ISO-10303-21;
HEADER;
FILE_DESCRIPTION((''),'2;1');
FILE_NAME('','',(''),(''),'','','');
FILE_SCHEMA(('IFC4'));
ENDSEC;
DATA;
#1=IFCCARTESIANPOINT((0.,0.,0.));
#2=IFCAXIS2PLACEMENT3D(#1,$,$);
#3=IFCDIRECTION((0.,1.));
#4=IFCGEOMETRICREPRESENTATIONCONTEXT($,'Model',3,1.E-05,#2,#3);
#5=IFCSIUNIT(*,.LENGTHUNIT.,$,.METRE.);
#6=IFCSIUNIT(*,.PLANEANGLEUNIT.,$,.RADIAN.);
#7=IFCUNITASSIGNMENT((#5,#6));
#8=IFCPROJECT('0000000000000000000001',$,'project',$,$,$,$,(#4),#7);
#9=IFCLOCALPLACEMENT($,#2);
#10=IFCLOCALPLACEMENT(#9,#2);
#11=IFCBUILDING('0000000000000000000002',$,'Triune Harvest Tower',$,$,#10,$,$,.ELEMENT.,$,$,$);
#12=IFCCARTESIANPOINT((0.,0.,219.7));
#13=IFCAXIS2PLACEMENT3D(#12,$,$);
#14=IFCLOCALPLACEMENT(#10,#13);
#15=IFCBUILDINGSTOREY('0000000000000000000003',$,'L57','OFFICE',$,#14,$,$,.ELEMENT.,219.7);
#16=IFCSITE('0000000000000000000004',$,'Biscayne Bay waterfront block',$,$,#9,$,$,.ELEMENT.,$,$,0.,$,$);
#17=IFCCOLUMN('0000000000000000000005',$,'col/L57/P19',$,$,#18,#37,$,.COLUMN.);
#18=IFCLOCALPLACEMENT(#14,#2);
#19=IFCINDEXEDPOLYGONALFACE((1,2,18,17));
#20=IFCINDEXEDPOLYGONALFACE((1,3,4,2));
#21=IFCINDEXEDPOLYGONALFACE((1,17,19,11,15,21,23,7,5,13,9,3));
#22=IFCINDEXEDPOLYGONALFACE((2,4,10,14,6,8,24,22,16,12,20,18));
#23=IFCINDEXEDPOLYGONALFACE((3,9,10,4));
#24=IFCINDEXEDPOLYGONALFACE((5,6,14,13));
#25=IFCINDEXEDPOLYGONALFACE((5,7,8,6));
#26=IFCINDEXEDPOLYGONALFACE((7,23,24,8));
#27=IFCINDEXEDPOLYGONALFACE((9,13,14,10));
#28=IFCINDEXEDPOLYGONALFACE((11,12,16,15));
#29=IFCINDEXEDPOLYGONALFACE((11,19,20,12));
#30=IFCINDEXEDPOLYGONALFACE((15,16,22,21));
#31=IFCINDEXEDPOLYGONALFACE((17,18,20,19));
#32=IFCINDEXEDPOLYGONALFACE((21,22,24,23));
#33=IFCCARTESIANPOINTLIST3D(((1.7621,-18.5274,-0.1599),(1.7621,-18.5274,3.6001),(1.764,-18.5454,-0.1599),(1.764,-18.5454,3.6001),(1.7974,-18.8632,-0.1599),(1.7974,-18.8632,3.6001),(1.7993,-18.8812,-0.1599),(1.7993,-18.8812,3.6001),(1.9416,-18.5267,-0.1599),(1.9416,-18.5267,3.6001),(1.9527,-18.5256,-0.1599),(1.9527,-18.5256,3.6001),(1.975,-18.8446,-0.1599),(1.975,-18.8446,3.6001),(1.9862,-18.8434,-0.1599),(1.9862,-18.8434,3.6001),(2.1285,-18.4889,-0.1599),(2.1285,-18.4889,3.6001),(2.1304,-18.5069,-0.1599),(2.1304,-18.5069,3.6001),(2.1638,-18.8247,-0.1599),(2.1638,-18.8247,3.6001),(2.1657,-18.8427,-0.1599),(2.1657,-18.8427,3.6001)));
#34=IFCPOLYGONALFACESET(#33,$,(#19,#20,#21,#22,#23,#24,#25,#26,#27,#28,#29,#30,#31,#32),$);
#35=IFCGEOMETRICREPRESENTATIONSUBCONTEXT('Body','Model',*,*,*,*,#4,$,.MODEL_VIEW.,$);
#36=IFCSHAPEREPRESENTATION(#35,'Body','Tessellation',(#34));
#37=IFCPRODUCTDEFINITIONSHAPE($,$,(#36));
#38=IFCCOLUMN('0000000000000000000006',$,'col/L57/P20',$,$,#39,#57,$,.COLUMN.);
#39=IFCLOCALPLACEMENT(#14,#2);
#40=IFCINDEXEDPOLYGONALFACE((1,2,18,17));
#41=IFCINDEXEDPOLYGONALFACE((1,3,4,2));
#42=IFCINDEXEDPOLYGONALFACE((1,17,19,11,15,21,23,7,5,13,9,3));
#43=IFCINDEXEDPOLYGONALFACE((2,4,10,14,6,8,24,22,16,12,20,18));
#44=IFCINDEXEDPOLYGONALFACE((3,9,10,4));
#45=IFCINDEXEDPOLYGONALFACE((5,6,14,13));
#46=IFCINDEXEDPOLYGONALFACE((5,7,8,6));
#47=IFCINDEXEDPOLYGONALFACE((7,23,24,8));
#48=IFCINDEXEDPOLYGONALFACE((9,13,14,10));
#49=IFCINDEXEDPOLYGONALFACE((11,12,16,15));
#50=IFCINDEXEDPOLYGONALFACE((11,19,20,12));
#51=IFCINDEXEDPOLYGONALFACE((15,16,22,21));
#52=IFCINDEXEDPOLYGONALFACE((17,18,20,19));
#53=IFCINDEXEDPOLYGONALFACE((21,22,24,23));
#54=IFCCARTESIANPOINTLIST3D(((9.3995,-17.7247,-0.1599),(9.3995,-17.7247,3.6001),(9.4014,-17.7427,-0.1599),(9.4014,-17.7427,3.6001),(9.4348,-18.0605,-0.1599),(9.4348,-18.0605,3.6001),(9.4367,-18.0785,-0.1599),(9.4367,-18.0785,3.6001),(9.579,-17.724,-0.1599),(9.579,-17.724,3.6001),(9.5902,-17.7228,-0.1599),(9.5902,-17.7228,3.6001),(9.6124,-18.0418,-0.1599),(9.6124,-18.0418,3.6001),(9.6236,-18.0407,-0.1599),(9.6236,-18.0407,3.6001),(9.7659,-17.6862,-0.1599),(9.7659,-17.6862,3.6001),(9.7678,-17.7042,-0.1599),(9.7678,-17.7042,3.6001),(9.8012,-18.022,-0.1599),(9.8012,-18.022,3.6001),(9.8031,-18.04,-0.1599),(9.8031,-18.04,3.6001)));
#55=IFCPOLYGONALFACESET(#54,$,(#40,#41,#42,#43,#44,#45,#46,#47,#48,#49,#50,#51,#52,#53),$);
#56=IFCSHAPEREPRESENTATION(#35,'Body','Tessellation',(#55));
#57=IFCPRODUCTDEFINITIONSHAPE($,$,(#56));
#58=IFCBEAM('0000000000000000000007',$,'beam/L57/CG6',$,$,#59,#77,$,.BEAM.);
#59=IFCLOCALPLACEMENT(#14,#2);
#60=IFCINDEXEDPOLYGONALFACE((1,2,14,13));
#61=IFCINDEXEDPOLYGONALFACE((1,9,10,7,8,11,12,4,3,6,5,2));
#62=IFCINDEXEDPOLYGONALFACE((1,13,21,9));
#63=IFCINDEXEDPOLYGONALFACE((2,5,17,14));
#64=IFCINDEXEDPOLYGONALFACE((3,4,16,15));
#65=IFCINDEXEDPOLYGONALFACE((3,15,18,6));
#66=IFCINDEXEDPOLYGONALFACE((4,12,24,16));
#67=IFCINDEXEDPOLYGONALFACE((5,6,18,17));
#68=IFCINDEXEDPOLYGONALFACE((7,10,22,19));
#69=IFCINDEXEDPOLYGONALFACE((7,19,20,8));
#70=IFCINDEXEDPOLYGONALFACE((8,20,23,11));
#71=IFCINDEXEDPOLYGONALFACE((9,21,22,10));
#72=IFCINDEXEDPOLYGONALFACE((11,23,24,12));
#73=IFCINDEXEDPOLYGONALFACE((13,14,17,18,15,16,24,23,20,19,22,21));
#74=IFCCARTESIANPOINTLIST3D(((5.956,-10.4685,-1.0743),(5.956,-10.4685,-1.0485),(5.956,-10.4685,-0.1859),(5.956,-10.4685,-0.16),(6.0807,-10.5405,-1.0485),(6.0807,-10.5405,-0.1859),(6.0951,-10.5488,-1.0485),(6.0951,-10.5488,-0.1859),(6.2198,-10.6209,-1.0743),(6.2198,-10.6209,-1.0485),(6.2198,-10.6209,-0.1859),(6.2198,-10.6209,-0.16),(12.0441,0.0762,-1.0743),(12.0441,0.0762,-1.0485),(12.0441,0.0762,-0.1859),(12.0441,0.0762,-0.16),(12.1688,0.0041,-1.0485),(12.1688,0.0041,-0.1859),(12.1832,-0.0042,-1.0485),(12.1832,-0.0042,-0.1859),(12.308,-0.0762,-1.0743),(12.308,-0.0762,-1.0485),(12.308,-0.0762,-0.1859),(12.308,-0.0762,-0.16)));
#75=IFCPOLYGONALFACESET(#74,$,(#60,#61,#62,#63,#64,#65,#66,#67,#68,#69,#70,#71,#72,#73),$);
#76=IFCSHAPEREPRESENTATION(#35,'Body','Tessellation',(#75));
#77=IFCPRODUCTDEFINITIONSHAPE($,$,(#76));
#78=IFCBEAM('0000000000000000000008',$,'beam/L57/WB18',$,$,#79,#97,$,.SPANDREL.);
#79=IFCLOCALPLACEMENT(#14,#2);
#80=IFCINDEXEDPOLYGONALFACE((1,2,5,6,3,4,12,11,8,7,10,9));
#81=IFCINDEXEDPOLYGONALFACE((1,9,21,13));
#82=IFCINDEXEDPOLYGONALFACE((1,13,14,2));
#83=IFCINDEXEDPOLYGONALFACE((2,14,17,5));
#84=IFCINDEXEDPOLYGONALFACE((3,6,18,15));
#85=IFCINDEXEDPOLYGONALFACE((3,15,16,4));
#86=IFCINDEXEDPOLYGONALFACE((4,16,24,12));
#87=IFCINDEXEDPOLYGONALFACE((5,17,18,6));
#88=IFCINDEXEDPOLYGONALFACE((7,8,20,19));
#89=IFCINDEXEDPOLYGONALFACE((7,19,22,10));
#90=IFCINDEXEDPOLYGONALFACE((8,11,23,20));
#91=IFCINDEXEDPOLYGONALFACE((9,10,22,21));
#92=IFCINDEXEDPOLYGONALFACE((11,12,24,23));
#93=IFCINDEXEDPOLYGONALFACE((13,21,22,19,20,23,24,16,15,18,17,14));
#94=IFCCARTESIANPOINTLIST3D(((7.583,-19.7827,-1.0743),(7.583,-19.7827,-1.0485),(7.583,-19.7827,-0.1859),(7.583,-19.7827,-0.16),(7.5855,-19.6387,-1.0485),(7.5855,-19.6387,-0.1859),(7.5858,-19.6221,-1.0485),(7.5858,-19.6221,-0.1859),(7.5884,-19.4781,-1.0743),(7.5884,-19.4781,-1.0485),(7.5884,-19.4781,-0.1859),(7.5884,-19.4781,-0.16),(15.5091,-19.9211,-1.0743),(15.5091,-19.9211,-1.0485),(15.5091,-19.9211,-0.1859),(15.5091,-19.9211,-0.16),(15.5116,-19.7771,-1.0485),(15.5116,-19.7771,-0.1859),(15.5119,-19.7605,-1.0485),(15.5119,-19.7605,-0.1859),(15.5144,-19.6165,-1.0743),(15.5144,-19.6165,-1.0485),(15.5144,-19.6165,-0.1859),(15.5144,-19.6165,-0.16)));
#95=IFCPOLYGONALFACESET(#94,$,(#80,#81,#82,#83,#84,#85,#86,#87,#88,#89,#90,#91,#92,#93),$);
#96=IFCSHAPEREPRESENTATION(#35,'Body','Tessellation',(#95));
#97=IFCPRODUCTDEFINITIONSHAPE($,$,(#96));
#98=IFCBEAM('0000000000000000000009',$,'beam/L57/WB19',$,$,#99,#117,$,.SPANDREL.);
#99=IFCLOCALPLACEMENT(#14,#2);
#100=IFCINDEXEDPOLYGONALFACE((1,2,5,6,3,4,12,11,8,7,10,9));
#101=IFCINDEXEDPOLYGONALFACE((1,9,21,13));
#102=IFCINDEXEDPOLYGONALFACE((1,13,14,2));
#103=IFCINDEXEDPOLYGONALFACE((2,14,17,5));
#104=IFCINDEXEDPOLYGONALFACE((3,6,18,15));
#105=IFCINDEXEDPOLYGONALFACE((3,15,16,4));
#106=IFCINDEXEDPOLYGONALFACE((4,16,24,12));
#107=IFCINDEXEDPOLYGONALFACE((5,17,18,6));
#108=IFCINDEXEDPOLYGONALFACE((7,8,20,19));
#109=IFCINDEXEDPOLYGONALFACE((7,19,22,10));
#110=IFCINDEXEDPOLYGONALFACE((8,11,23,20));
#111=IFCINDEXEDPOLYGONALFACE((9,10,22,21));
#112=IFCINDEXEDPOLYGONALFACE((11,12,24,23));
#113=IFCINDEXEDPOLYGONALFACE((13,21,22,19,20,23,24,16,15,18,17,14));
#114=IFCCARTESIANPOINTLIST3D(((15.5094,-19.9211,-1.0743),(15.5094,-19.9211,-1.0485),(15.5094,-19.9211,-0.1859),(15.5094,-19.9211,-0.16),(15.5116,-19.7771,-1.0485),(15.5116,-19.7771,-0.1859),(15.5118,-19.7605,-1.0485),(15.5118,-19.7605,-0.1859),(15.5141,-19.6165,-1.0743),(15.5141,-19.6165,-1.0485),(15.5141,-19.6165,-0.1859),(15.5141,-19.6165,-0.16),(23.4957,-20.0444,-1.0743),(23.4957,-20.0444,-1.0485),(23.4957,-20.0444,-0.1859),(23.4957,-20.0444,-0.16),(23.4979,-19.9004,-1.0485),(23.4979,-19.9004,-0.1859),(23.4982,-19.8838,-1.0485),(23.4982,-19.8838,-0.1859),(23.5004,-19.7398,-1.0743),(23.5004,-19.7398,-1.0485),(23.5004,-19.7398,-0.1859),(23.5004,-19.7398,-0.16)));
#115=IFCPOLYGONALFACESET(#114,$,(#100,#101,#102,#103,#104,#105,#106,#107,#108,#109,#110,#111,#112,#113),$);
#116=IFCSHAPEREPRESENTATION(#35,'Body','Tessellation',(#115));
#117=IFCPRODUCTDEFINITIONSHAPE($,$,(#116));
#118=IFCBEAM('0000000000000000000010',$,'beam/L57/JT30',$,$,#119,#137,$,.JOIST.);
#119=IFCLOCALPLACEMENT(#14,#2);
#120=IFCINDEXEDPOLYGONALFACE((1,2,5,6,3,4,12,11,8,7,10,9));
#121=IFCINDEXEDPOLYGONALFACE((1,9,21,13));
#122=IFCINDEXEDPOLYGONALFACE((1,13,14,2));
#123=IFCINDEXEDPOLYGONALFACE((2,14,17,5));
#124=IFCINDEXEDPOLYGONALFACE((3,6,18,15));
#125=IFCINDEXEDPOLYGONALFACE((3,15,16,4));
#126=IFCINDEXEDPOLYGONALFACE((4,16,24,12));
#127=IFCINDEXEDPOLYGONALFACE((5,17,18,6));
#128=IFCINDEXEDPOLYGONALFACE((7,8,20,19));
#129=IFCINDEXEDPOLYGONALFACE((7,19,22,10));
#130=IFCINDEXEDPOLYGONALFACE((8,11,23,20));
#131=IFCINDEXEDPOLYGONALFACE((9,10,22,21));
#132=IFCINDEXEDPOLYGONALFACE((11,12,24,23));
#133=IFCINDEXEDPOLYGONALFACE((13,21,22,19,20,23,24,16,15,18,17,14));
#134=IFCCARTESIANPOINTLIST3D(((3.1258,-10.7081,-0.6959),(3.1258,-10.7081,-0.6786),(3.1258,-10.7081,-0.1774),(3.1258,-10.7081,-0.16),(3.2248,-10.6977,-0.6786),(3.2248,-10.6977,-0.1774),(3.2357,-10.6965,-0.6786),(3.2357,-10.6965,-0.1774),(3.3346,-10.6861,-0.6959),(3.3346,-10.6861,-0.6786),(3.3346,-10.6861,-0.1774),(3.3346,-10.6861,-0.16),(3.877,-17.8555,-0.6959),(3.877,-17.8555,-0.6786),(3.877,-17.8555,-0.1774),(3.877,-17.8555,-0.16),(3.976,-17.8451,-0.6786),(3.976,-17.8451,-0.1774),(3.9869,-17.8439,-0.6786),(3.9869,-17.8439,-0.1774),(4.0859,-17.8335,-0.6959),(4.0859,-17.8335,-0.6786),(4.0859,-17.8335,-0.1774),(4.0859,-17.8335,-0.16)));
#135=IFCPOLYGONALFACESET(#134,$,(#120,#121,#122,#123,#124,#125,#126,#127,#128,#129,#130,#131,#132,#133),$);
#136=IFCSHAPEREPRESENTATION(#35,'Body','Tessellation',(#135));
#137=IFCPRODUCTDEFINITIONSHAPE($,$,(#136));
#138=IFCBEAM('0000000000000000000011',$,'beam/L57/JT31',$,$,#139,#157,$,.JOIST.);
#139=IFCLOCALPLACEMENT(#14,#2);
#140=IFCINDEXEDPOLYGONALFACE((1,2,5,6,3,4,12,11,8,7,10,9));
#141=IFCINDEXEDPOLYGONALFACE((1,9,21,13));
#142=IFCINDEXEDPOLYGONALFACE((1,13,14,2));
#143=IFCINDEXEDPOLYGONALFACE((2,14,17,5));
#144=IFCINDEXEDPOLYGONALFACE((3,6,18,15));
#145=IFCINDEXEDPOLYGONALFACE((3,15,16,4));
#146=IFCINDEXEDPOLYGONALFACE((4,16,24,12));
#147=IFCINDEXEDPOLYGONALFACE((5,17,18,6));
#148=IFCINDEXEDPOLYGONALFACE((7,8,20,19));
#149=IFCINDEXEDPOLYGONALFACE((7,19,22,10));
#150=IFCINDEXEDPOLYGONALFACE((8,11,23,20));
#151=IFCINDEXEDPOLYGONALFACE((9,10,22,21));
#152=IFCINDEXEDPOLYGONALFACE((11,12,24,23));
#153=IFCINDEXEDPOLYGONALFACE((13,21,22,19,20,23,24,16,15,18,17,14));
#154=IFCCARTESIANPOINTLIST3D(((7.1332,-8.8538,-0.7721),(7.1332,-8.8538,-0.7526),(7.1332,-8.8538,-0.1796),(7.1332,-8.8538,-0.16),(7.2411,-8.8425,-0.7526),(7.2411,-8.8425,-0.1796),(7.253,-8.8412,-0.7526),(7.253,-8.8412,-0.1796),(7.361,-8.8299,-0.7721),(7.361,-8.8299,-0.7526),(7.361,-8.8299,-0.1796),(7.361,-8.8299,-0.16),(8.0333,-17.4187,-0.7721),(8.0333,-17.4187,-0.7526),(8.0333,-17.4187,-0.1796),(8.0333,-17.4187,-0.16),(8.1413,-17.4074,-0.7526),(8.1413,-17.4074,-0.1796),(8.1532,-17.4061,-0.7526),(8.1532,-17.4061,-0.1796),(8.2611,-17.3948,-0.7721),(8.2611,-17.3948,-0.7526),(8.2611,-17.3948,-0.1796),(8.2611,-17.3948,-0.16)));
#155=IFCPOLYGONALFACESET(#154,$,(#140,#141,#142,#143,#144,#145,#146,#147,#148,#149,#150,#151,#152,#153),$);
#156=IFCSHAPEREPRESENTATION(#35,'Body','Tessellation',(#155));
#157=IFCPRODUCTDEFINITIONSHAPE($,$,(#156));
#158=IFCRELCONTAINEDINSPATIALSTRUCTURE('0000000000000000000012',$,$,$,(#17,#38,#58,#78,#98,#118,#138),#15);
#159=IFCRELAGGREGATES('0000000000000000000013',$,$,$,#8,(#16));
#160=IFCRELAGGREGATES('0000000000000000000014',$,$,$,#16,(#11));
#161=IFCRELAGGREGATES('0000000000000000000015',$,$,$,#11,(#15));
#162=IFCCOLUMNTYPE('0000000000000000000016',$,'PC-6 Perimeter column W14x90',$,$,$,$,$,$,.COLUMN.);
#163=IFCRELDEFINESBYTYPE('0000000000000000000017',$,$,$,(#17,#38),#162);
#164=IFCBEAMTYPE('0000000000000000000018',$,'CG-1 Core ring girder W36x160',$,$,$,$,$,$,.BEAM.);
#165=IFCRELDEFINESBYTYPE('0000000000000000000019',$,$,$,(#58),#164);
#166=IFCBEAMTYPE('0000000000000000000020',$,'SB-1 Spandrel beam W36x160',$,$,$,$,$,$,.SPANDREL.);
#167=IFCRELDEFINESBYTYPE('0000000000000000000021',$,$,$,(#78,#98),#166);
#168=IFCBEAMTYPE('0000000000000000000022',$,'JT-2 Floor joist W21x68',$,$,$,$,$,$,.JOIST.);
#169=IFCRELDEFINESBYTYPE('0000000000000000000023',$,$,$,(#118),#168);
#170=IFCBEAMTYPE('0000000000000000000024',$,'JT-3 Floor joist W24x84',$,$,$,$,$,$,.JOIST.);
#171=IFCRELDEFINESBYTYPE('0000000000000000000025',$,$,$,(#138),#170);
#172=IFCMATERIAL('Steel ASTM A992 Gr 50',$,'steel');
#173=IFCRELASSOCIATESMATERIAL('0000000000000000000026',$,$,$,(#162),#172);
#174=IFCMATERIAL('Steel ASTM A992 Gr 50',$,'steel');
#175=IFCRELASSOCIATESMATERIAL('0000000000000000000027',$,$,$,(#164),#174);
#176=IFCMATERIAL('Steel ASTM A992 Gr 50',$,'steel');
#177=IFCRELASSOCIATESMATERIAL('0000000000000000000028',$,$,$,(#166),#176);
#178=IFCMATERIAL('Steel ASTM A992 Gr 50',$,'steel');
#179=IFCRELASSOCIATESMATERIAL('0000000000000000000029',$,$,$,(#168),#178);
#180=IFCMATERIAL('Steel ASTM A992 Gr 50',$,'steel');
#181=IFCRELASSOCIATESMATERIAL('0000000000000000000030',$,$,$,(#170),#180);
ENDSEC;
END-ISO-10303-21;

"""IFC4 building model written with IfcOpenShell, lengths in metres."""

from ifc_helpers import new_model, si_unit, direction, frame, origin, origin_2d, place, context, subcontext, project, spatial, i_section, extrude, source, transform, mapped, material, material_profile, profile_set, type_object, element, save


model = new_model("IFC4")

# Units and contexts
model_context = context("Model", 3, precision=1e-05, world=origin(), true_north=direction((0.0, 1.0)))
body_context = subcontext(model_context, "Body", "Model", "MODEL_VIEW")
ifc_project = project(units=[si_unit("LENGTHUNIT", "METRE"), si_unit("PLANEANGLEUNIT", "RADIAN")], contexts=[model_context])

# Site, building, storey
site_placement = place(None, origin())
site = spatial("IfcSite", under=ifc_project, at=site_placement, Name="Biscayne Bay waterfront block", CompositionType="ELEMENT", RefElevation=0.0)
building_placement = place(site_placement, origin())
building = spatial("IfcBuilding", under=site, at=building_placement, Name="Triune Harvest Tower", CompositionType="ELEMENT")
storey_placement = place(building_placement, frame((0.0, 0.0, 219.7)))
storey = spatial("IfcBuildingStorey", under=building, at=storey_placement, Name="L57", Description="OFFICE", CompositionType="ELEMENT", Elevation=219.7)

# Columns
ifc_material_1 = material(Name="Steel ASTM A992 Gr 50", Category="steel")
ifc_material_profile_1 = material_profile(ifc_material_1, i_section(OverallWidth=0.3684, OverallDepth=0.3557, WebThickness=0.0112, FlangeThickness=0.0181, at=origin_2d()), Name="W14x90")
ifc_profile_set_1 = profile_set([ifc_material_profile_1], Name="Steel ASTM A992 Gr 50")
column_type = type_object("IfcColumnType", Name="PC-6 Perimeter column W14x90", PredefinedType="COLUMN", material=ifc_profile_set_1)
shared_shape_1 = source(origin(), body_context, "Body", "SweptSolid", [
    extrude(i_section(OverallWidth=0.3684, OverallDepth=0.3557, WebThickness=0.0112, FlangeThickness=0.0181, at=origin_2d()), origin(), (0.0, 0.0, 1.0), 3.76),
])
for number, where, z_axis, x_axis, name in (
    (1, (1.9639, -18.6851, -0.1599), (0.0, 0.0, 1.0), (0.994522, 0.10453, 0.0), "col/L57/P19"),
    (2, (9.6013, -17.8823, -0.1599), (0.0, 0.0, 1.0), (0.994522, 0.10453, 0.0), "col/L57/P20"),
):
    element("IfcColumn", number, at=place(storey_placement, frame(where, z_axis=z_axis, x_axis=x_axis)), inside=storey, type_object=column_type, Name=name, PredefinedType="COLUMN", context=body_context, shape_type="MappedRepresentation", body=[
        mapped(shared_shape_1, transform((0.0, 0.0, 0.0), scale=1.0)),
    ])

# Beams
ifc_material_2 = material(Name="Steel ASTM A992 Gr 50", Category="steel")
ifc_material_profile_2 = material_profile(ifc_material_2, i_section(OverallWidth=0.3047, OverallDepth=0.9143, WebThickness=0.0166, FlangeThickness=0.0259, at=origin_2d()), Name="W36x160")
ifc_profile_set_2 = profile_set([ifc_material_profile_2], Name="Steel ASTM A992 Gr 50")
beam_type_1 = type_object("IfcBeamType", Name="CG-1 Core ring girder W36x160", PredefinedType="BEAM", material=ifc_profile_set_2)
shared_shape_2 = source(origin(), body_context, "Body", "SweptSolid", [
    extrude(i_section(OverallWidth=0.3047, OverallDepth=0.9143, WebThickness=0.0166, FlangeThickness=0.0259, at=origin_2d()), origin(), (0.0, 0.0, 1.0), 12.176),
])
beam_1_placement = place(storey_placement, frame((6.0879, -10.5447, -0.6172), z_axis=(0.50001, 0.86602, 0.0), x_axis=(-0.86602, 0.50001, 0.0)))
element("IfcBeam", 3, at=beam_1_placement, inside=storey, type_object=beam_type_1, Name="beam/L57/CG6", PredefinedType="BEAM", context=body_context, shape_type="MappedRepresentation", body=[
    mapped(shared_shape_2, transform((0.0, 0.0, 0.0), scale=1.0)),
])
ifc_material_3 = material(Name="Steel ASTM A992 Gr 50", Category="steel")
ifc_material_profile_3 = material_profile(ifc_material_3, i_section(OverallWidth=0.3047, OverallDepth=0.9143, WebThickness=0.0166, FlangeThickness=0.0259, at=origin_2d()), Name="W36x160")
ifc_profile_set_3 = profile_set([ifc_material_profile_3], Name="Steel ASTM A992 Gr 50")
beam_type_2 = type_object("IfcBeamType", Name="SB-1 Spandrel beam W36x160", PredefinedType="SPANDREL", material=ifc_profile_set_3)
shared_shape_3 = source(origin(), body_context, "Body", "SweptSolid", [
    extrude(i_section(OverallWidth=0.3047, OverallDepth=0.9143, WebThickness=0.0166, FlangeThickness=0.0259, at=origin_2d()), origin(), (0.0, 0.0, 1.0), 7.9272),
])
beam_2_placement = place(storey_placement, frame((7.5857, -19.6304, -0.6172), z_axis=(0.999848, -0.017462, 0.0), x_axis=(0.017462, 0.999848, 0.0)))
element("IfcBeam", 4, at=beam_2_placement, inside=storey, type_object=beam_type_2, Name="beam/L57/WB18", PredefinedType="SPANDREL", context=body_context, shape_type="MappedRepresentation", body=[
    mapped(shared_shape_3, transform((0.0, 0.0, 0.0), scale=1.0)),
])
shared_shape_4 = source(origin(), body_context, "Body", "SweptSolid", [
    extrude(i_section(OverallWidth=0.3047, OverallDepth=0.9143, WebThickness=0.0166, FlangeThickness=0.0259, at=origin_2d()), origin(), (0.0, 0.0, 1.0), 7.9873),
])
beam_3_placement = place(storey_placement, frame((15.5117, -19.7688, -0.6172), z_axis=(0.999881, -0.015436, 0.0), x_axis=(0.015436, 0.999881, 0.0)))
element("IfcBeam", 5, at=beam_3_placement, inside=storey, type_object=beam_type_2, Name="beam/L57/WB19", PredefinedType="SPANDREL", context=body_context, shape_type="MappedRepresentation", body=[
    mapped(shared_shape_4, transform((0.0, 0.0, 0.0), scale=1.0)),
])
ifc_material_4 = material(Name="Steel ASTM A992 Gr 50", Category="steel")
ifc_material_profile_4 = material_profile(ifc_material_4, i_section(OverallWidth=0.21, OverallDepth=0.5359, WebThickness=0.011, FlangeThickness=0.0173, at=origin_2d()), Name="W21x68")
ifc_profile_set_4 = profile_set([ifc_material_profile_4], Name="Steel ASTM A992 Gr 50")
beam_type_3 = type_object("IfcBeamType", Name="JT-2 Floor joist W21x68", PredefinedType="JOIST", material=ifc_profile_set_4)
shared_shape_5 = source(origin(), body_context, "Body", "SweptSolid", [
    extrude(i_section(OverallWidth=0.21, OverallDepth=0.5359, WebThickness=0.011, FlangeThickness=0.0173, at=origin_2d()), origin(), (0.0, 0.0, 1.0), 7.1868),
])
beam_4_placement = place(storey_placement, frame((3.9814, -17.8445, -0.428), z_axis=(-0.104527, 0.994522, 0.0), x_axis=(-0.994522, -0.104527, 0.0)))
element("IfcBeam", 6, at=beam_4_placement, inside=storey, type_object=beam_type_3, Name="beam/L57/JT30", PredefinedType="JOIST", context=body_context, shape_type="MappedRepresentation", body=[
    mapped(shared_shape_5, transform((0.0, 0.0, 0.0), scale=1.0)),
])
ifc_material_5 = material(Name="Steel ASTM A992 Gr 50", Category="steel")
ifc_material_profile_5 = material_profile(ifc_material_5, i_section(OverallWidth=0.229, OverallDepth=0.6121, WebThickness=0.012, FlangeThickness=0.0195, at=origin_2d()), Name="W24x84")
ifc_profile_set_5 = profile_set([ifc_material_profile_5], Name="Steel ASTM A992 Gr 50")
beam_type_4 = type_object("IfcBeamType", Name="JT-3 Floor joist W24x84", PredefinedType="JOIST", material=ifc_profile_set_5)
shared_shape_6 = source(origin(), body_context, "Body", "SweptSolid", [
    extrude(i_section(OverallWidth=0.229, OverallDepth=0.6121, WebThickness=0.012, FlangeThickness=0.0195, at=origin_2d()), origin(), (0.0, 0.0, 1.0), 8.6121),
])
beam_5_placement = place(storey_placement, frame((8.1472, -17.4067, -0.4661), z_axis=(-0.104521, 0.994523, 0.0), x_axis=(-0.994523, -0.104521, 0.0)))
element("IfcBeam", 7, at=beam_5_placement, inside=storey, type_object=beam_type_4, Name="beam/L57/JT31", PredefinedType="JOIST", context=body_context, shape_type="MappedRepresentation", body=[
    mapped(shared_shape_6, transform((0.0, 0.0, 0.0), scale=1.0)),
])

save(model, "model.ifc")
